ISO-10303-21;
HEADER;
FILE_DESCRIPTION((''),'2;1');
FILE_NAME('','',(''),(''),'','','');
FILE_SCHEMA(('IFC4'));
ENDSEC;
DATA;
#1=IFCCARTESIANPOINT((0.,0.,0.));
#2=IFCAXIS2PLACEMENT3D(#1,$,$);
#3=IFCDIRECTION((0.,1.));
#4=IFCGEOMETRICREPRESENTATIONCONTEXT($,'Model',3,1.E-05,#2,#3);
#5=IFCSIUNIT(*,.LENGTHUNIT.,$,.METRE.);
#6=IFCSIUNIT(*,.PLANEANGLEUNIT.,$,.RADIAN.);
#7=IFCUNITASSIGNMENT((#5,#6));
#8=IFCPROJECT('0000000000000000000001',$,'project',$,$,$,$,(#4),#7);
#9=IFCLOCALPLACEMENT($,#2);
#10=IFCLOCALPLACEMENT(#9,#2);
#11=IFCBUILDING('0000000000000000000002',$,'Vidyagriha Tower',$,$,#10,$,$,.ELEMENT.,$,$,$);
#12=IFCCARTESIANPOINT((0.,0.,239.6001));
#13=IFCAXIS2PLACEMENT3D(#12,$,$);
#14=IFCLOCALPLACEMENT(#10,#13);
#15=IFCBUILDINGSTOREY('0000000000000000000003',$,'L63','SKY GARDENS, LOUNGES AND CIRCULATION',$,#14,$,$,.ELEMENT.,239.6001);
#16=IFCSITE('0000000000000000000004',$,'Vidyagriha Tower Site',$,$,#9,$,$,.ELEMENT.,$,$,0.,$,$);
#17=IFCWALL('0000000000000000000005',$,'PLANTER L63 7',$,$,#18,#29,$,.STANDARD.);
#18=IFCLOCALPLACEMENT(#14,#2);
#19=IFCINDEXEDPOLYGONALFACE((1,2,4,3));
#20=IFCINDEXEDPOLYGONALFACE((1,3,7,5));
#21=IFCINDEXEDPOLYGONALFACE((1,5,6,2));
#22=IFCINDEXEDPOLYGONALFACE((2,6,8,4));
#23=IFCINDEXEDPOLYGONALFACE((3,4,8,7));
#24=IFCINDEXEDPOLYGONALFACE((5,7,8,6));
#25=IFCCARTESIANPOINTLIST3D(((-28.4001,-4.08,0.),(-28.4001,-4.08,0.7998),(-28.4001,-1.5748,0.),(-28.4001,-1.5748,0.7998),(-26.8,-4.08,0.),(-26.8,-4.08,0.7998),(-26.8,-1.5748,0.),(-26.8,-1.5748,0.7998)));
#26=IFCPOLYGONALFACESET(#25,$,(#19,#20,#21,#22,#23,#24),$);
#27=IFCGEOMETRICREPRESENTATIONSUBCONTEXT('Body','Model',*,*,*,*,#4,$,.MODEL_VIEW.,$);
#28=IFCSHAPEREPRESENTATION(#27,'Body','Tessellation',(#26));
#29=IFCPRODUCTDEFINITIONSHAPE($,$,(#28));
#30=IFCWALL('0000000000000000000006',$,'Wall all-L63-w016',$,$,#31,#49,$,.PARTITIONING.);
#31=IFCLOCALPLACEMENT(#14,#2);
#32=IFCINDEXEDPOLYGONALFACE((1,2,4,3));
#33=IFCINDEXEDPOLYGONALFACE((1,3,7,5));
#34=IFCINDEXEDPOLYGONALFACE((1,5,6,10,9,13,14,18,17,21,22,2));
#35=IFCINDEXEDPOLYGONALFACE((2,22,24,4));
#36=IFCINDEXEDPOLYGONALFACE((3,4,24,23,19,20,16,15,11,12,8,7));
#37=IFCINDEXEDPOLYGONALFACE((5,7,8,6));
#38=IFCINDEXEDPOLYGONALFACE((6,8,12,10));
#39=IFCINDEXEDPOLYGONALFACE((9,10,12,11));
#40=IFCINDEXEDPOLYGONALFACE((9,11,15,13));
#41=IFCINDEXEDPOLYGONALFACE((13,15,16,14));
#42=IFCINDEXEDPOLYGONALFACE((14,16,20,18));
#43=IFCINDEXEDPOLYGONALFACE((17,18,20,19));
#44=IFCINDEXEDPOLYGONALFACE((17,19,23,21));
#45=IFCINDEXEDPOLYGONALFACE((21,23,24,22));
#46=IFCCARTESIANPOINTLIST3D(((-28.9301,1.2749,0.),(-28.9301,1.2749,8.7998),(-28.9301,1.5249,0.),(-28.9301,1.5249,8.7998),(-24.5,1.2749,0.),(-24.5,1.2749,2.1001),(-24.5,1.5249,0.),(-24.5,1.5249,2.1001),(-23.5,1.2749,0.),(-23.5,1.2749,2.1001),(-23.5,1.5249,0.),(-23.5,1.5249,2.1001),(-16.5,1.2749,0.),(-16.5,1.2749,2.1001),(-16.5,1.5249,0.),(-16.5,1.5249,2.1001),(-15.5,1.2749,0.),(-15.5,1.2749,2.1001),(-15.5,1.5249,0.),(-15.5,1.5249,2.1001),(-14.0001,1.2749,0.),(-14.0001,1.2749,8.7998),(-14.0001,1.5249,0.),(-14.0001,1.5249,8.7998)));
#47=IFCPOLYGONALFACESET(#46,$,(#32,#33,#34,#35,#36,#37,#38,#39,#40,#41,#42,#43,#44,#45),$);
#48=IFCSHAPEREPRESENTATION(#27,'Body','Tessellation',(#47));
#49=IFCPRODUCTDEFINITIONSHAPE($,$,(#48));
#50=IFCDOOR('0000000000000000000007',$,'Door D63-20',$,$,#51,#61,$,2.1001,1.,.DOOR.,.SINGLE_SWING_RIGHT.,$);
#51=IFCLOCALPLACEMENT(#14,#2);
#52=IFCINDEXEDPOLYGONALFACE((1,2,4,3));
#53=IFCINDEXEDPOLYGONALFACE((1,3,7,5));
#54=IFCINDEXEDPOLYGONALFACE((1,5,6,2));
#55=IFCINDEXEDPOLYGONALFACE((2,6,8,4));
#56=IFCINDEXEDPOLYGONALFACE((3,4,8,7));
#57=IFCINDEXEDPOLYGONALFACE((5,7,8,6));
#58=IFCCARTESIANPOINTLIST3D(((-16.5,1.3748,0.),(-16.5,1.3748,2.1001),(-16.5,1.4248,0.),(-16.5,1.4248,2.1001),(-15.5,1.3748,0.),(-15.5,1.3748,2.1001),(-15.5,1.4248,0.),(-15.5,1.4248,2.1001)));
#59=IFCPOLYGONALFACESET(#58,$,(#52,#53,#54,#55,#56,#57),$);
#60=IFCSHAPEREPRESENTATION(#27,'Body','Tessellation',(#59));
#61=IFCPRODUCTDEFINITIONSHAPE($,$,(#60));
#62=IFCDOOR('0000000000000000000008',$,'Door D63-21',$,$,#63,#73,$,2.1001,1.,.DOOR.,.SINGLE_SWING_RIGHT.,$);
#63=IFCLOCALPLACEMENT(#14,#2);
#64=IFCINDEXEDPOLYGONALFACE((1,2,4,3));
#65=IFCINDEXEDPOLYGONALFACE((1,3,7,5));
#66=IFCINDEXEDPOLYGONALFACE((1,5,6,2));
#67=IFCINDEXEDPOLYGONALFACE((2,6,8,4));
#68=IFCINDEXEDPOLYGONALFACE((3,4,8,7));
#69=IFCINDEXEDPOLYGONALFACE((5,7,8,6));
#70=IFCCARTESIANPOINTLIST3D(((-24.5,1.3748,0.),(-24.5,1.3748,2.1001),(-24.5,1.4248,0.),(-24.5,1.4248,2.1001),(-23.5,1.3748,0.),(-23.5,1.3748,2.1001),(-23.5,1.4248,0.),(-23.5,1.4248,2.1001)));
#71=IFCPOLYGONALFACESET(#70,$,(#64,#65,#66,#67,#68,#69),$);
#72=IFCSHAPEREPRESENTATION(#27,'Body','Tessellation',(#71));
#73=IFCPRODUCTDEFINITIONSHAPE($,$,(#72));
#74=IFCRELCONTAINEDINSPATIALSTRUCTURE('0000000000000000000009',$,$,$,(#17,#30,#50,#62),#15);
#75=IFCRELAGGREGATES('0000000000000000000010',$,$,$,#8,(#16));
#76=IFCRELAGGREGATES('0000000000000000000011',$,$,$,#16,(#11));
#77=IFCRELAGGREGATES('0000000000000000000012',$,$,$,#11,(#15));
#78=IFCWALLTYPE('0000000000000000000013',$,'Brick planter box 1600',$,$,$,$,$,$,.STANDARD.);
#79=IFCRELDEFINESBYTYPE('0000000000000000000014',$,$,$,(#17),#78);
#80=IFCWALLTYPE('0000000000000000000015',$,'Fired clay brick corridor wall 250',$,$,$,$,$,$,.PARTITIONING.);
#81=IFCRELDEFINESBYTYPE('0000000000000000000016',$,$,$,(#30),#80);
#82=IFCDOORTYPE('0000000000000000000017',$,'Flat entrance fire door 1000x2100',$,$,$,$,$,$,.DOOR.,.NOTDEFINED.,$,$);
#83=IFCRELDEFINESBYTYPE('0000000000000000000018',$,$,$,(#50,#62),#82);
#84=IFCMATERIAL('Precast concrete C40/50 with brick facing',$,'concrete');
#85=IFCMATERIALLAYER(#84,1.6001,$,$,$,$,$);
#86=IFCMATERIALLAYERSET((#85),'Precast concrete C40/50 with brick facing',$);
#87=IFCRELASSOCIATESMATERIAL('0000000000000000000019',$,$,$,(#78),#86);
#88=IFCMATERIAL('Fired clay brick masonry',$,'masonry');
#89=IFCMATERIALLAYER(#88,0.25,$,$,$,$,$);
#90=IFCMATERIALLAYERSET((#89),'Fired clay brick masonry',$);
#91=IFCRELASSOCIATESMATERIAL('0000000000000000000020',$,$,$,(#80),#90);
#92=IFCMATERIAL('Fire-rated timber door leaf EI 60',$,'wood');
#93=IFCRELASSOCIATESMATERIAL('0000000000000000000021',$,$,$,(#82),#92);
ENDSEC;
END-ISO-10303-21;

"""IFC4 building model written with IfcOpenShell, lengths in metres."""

from ifc_helpers import new_model, si_unit, direction, frame, frame_2d, origin, place, context, subcontext, project, spatial, rectangle, extrude, material, layer, layer_set, type_object, element, fill, save


model = new_model("IFC4")

# Units and contexts
model_context = context("Model", 3, precision=1e-05, world=origin(), true_north=direction((0.0, 1.0)))
body_context = subcontext(model_context, "Body", "Model", "MODEL_VIEW")
ifc_project = project(units=[si_unit("LENGTHUNIT", "METRE"), si_unit("PLANEANGLEUNIT", "RADIAN")], contexts=[model_context])

# Site, building, storey
site_placement = place(None, origin())
site = spatial("IfcSite", under=ifc_project, at=site_placement, Name="Vidyagriha Tower Site", CompositionType="ELEMENT", RefElevation=0.0)
building_placement = place(site_placement, origin())
building = spatial("IfcBuilding", under=site, at=building_placement, Name="Vidyagriha Tower", CompositionType="ELEMENT")
storey_placement = place(building_placement, frame((0.0, 0.0, 239.6001)))
storey = spatial("IfcBuildingStorey", under=building, at=storey_placement, Name="L63", Description="SKY GARDENS, LOUNGES AND CIRCULATION", CompositionType="ELEMENT", Elevation=239.6001)

# Wall
ifc_material_1 = material(Name="Precast concrete C40/50 with brick facing", Category="concrete")
ifc_layer_1 = layer(ifc_material_1, 1.6001)
ifc_layer_set_1 = layer_set([ifc_layer_1], Name="Precast concrete C40/50 with brick facing")
wall_type_1 = type_object("IfcWallType", Name="Brick planter box 1600", PredefinedType="STANDARD", material=ifc_layer_set_1)
wall_1_placement = place(storey_placement, frame((-27.6001, -1.575, 0.0), z_axis=(0.0, 0.0, 1.0), x_axis=(0.0, -1.0, 0.0)))
element("IfcWall", 1, at=wall_1_placement, inside=storey, type_object=wall_type_1, Name="PLANTER L63 7", PredefinedType="STANDARD", context=body_context, shape_type="SweptSolid", body=[
    extrude(rectangle(XDim=2.5051, YDim=1.6001, at=frame_2d((1.2524, 0.0))), origin(), (0.0, 0.0, 1.0), 0.7998),
])

# Wall, openings, doors
ifc_material_2 = material(Name="Fired clay brick masonry", Category="masonry")
ifc_layer_2 = layer(ifc_material_2, 0.25)
ifc_layer_set_2 = layer_set([ifc_layer_2], Name="Fired clay brick masonry")
wall_type_2 = type_object("IfcWallType", Name="Fired clay brick corridor wall 250", PredefinedType="PARTITIONING", material=ifc_layer_set_2)
wall_2_placement = place(storey_placement, frame((-28.9299, 1.3999, 0.0)))
wall_2 = element("IfcWall", 2, at=wall_2_placement, inside=storey, type_object=wall_type_2, Name="Wall all-L63-w016", PredefinedType="PARTITIONING", context=body_context, shape_type="SweptSolid", body=[
    extrude(rectangle(XDim=14.9299, YDim=0.25, at=frame_2d((7.4648, 0.0))), origin(), (0.0, 0.0, 1.0), 8.7998),
])
opening_1_placement = place(wall_2_placement, frame((12.4299, 0.0, 0.0)))
opening_1 = element("IfcOpeningElement", 3, at=opening_1_placement, cuts=wall_2, PredefinedType="OPENING", context=body_context, shape_type="SweptSolid", body=[
    extrude(rectangle(XDim=1.0, YDim=2.1001, at=frame_2d((0.5, 1.05))), frame((0.0, 0.135, 0.0), z_axis=(0.0, -1.0, 0.0), x_axis=(1.0, 0.0, 0.0)), (0.0, 0.0, 1.0), 0.27),
])
opening_2_placement = place(wall_2_placement, frame((4.4299, 0.0, 0.0)))
opening_2 = element("IfcOpeningElement", 4, at=opening_2_placement, cuts=wall_2, PredefinedType="OPENING", context=body_context, shape_type="SweptSolid", body=[
    extrude(rectangle(XDim=1.0, YDim=2.1001, at=frame_2d((0.5, 1.05))), frame((0.0, 0.135, 0.0), z_axis=(0.0, -1.0, 0.0), x_axis=(1.0, 0.0, 0.0)), (0.0, 0.0, 1.0), 0.27),
])
ifc_material_3 = material(Name="Fire-rated timber door leaf EI 60", Category="wood")
door_type = type_object("IfcDoorType", Name="Flat entrance fire door 1000x2100", OperationType="NOTDEFINED", PredefinedType="DOOR", material=ifc_material_3)
door_1_placement = place(opening_1_placement, origin())
door_1 = element("IfcDoor", 5, at=door_1_placement, inside=storey, type_object=door_type, Name="Door D63-20", OperationType="SINGLE_SWING_RIGHT", OverallHeight=2.1001, OverallWidth=1.0, PredefinedType="DOOR", context=body_context, shape_type="SweptSolid", body=[
    extrude(rectangle(XDim=1.0, YDim=2.1001, at=frame_2d((0.5, 1.05))), frame((0.0, 0.0249, 0.0), z_axis=(0.0, -1.0, 0.0), x_axis=(1.0, 0.0, 0.0)), (0.0, 0.0, 1.0), 0.05),
])
fill(opening_1, door_1)
door_2_placement = place(opening_2_placement, origin())
door_2 = element("IfcDoor", 6, at=door_2_placement, inside=storey, type_object=door_type, Name="Door D63-21", OperationType="SINGLE_SWING_RIGHT", OverallHeight=2.1001, OverallWidth=1.0, PredefinedType="DOOR", context=body_context, shape_type="SweptSolid", body=[
    extrude(rectangle(XDim=1.0, YDim=2.1001, at=frame_2d((0.5, 1.05))), frame((0.0, 0.0249, 0.0), z_axis=(0.0, -1.0, 0.0), x_axis=(1.0, 0.0, 0.0)), (0.0, 0.0, 1.0), 0.05),
])
fill(opening_2, door_2)

save(model, "model.ifc")
